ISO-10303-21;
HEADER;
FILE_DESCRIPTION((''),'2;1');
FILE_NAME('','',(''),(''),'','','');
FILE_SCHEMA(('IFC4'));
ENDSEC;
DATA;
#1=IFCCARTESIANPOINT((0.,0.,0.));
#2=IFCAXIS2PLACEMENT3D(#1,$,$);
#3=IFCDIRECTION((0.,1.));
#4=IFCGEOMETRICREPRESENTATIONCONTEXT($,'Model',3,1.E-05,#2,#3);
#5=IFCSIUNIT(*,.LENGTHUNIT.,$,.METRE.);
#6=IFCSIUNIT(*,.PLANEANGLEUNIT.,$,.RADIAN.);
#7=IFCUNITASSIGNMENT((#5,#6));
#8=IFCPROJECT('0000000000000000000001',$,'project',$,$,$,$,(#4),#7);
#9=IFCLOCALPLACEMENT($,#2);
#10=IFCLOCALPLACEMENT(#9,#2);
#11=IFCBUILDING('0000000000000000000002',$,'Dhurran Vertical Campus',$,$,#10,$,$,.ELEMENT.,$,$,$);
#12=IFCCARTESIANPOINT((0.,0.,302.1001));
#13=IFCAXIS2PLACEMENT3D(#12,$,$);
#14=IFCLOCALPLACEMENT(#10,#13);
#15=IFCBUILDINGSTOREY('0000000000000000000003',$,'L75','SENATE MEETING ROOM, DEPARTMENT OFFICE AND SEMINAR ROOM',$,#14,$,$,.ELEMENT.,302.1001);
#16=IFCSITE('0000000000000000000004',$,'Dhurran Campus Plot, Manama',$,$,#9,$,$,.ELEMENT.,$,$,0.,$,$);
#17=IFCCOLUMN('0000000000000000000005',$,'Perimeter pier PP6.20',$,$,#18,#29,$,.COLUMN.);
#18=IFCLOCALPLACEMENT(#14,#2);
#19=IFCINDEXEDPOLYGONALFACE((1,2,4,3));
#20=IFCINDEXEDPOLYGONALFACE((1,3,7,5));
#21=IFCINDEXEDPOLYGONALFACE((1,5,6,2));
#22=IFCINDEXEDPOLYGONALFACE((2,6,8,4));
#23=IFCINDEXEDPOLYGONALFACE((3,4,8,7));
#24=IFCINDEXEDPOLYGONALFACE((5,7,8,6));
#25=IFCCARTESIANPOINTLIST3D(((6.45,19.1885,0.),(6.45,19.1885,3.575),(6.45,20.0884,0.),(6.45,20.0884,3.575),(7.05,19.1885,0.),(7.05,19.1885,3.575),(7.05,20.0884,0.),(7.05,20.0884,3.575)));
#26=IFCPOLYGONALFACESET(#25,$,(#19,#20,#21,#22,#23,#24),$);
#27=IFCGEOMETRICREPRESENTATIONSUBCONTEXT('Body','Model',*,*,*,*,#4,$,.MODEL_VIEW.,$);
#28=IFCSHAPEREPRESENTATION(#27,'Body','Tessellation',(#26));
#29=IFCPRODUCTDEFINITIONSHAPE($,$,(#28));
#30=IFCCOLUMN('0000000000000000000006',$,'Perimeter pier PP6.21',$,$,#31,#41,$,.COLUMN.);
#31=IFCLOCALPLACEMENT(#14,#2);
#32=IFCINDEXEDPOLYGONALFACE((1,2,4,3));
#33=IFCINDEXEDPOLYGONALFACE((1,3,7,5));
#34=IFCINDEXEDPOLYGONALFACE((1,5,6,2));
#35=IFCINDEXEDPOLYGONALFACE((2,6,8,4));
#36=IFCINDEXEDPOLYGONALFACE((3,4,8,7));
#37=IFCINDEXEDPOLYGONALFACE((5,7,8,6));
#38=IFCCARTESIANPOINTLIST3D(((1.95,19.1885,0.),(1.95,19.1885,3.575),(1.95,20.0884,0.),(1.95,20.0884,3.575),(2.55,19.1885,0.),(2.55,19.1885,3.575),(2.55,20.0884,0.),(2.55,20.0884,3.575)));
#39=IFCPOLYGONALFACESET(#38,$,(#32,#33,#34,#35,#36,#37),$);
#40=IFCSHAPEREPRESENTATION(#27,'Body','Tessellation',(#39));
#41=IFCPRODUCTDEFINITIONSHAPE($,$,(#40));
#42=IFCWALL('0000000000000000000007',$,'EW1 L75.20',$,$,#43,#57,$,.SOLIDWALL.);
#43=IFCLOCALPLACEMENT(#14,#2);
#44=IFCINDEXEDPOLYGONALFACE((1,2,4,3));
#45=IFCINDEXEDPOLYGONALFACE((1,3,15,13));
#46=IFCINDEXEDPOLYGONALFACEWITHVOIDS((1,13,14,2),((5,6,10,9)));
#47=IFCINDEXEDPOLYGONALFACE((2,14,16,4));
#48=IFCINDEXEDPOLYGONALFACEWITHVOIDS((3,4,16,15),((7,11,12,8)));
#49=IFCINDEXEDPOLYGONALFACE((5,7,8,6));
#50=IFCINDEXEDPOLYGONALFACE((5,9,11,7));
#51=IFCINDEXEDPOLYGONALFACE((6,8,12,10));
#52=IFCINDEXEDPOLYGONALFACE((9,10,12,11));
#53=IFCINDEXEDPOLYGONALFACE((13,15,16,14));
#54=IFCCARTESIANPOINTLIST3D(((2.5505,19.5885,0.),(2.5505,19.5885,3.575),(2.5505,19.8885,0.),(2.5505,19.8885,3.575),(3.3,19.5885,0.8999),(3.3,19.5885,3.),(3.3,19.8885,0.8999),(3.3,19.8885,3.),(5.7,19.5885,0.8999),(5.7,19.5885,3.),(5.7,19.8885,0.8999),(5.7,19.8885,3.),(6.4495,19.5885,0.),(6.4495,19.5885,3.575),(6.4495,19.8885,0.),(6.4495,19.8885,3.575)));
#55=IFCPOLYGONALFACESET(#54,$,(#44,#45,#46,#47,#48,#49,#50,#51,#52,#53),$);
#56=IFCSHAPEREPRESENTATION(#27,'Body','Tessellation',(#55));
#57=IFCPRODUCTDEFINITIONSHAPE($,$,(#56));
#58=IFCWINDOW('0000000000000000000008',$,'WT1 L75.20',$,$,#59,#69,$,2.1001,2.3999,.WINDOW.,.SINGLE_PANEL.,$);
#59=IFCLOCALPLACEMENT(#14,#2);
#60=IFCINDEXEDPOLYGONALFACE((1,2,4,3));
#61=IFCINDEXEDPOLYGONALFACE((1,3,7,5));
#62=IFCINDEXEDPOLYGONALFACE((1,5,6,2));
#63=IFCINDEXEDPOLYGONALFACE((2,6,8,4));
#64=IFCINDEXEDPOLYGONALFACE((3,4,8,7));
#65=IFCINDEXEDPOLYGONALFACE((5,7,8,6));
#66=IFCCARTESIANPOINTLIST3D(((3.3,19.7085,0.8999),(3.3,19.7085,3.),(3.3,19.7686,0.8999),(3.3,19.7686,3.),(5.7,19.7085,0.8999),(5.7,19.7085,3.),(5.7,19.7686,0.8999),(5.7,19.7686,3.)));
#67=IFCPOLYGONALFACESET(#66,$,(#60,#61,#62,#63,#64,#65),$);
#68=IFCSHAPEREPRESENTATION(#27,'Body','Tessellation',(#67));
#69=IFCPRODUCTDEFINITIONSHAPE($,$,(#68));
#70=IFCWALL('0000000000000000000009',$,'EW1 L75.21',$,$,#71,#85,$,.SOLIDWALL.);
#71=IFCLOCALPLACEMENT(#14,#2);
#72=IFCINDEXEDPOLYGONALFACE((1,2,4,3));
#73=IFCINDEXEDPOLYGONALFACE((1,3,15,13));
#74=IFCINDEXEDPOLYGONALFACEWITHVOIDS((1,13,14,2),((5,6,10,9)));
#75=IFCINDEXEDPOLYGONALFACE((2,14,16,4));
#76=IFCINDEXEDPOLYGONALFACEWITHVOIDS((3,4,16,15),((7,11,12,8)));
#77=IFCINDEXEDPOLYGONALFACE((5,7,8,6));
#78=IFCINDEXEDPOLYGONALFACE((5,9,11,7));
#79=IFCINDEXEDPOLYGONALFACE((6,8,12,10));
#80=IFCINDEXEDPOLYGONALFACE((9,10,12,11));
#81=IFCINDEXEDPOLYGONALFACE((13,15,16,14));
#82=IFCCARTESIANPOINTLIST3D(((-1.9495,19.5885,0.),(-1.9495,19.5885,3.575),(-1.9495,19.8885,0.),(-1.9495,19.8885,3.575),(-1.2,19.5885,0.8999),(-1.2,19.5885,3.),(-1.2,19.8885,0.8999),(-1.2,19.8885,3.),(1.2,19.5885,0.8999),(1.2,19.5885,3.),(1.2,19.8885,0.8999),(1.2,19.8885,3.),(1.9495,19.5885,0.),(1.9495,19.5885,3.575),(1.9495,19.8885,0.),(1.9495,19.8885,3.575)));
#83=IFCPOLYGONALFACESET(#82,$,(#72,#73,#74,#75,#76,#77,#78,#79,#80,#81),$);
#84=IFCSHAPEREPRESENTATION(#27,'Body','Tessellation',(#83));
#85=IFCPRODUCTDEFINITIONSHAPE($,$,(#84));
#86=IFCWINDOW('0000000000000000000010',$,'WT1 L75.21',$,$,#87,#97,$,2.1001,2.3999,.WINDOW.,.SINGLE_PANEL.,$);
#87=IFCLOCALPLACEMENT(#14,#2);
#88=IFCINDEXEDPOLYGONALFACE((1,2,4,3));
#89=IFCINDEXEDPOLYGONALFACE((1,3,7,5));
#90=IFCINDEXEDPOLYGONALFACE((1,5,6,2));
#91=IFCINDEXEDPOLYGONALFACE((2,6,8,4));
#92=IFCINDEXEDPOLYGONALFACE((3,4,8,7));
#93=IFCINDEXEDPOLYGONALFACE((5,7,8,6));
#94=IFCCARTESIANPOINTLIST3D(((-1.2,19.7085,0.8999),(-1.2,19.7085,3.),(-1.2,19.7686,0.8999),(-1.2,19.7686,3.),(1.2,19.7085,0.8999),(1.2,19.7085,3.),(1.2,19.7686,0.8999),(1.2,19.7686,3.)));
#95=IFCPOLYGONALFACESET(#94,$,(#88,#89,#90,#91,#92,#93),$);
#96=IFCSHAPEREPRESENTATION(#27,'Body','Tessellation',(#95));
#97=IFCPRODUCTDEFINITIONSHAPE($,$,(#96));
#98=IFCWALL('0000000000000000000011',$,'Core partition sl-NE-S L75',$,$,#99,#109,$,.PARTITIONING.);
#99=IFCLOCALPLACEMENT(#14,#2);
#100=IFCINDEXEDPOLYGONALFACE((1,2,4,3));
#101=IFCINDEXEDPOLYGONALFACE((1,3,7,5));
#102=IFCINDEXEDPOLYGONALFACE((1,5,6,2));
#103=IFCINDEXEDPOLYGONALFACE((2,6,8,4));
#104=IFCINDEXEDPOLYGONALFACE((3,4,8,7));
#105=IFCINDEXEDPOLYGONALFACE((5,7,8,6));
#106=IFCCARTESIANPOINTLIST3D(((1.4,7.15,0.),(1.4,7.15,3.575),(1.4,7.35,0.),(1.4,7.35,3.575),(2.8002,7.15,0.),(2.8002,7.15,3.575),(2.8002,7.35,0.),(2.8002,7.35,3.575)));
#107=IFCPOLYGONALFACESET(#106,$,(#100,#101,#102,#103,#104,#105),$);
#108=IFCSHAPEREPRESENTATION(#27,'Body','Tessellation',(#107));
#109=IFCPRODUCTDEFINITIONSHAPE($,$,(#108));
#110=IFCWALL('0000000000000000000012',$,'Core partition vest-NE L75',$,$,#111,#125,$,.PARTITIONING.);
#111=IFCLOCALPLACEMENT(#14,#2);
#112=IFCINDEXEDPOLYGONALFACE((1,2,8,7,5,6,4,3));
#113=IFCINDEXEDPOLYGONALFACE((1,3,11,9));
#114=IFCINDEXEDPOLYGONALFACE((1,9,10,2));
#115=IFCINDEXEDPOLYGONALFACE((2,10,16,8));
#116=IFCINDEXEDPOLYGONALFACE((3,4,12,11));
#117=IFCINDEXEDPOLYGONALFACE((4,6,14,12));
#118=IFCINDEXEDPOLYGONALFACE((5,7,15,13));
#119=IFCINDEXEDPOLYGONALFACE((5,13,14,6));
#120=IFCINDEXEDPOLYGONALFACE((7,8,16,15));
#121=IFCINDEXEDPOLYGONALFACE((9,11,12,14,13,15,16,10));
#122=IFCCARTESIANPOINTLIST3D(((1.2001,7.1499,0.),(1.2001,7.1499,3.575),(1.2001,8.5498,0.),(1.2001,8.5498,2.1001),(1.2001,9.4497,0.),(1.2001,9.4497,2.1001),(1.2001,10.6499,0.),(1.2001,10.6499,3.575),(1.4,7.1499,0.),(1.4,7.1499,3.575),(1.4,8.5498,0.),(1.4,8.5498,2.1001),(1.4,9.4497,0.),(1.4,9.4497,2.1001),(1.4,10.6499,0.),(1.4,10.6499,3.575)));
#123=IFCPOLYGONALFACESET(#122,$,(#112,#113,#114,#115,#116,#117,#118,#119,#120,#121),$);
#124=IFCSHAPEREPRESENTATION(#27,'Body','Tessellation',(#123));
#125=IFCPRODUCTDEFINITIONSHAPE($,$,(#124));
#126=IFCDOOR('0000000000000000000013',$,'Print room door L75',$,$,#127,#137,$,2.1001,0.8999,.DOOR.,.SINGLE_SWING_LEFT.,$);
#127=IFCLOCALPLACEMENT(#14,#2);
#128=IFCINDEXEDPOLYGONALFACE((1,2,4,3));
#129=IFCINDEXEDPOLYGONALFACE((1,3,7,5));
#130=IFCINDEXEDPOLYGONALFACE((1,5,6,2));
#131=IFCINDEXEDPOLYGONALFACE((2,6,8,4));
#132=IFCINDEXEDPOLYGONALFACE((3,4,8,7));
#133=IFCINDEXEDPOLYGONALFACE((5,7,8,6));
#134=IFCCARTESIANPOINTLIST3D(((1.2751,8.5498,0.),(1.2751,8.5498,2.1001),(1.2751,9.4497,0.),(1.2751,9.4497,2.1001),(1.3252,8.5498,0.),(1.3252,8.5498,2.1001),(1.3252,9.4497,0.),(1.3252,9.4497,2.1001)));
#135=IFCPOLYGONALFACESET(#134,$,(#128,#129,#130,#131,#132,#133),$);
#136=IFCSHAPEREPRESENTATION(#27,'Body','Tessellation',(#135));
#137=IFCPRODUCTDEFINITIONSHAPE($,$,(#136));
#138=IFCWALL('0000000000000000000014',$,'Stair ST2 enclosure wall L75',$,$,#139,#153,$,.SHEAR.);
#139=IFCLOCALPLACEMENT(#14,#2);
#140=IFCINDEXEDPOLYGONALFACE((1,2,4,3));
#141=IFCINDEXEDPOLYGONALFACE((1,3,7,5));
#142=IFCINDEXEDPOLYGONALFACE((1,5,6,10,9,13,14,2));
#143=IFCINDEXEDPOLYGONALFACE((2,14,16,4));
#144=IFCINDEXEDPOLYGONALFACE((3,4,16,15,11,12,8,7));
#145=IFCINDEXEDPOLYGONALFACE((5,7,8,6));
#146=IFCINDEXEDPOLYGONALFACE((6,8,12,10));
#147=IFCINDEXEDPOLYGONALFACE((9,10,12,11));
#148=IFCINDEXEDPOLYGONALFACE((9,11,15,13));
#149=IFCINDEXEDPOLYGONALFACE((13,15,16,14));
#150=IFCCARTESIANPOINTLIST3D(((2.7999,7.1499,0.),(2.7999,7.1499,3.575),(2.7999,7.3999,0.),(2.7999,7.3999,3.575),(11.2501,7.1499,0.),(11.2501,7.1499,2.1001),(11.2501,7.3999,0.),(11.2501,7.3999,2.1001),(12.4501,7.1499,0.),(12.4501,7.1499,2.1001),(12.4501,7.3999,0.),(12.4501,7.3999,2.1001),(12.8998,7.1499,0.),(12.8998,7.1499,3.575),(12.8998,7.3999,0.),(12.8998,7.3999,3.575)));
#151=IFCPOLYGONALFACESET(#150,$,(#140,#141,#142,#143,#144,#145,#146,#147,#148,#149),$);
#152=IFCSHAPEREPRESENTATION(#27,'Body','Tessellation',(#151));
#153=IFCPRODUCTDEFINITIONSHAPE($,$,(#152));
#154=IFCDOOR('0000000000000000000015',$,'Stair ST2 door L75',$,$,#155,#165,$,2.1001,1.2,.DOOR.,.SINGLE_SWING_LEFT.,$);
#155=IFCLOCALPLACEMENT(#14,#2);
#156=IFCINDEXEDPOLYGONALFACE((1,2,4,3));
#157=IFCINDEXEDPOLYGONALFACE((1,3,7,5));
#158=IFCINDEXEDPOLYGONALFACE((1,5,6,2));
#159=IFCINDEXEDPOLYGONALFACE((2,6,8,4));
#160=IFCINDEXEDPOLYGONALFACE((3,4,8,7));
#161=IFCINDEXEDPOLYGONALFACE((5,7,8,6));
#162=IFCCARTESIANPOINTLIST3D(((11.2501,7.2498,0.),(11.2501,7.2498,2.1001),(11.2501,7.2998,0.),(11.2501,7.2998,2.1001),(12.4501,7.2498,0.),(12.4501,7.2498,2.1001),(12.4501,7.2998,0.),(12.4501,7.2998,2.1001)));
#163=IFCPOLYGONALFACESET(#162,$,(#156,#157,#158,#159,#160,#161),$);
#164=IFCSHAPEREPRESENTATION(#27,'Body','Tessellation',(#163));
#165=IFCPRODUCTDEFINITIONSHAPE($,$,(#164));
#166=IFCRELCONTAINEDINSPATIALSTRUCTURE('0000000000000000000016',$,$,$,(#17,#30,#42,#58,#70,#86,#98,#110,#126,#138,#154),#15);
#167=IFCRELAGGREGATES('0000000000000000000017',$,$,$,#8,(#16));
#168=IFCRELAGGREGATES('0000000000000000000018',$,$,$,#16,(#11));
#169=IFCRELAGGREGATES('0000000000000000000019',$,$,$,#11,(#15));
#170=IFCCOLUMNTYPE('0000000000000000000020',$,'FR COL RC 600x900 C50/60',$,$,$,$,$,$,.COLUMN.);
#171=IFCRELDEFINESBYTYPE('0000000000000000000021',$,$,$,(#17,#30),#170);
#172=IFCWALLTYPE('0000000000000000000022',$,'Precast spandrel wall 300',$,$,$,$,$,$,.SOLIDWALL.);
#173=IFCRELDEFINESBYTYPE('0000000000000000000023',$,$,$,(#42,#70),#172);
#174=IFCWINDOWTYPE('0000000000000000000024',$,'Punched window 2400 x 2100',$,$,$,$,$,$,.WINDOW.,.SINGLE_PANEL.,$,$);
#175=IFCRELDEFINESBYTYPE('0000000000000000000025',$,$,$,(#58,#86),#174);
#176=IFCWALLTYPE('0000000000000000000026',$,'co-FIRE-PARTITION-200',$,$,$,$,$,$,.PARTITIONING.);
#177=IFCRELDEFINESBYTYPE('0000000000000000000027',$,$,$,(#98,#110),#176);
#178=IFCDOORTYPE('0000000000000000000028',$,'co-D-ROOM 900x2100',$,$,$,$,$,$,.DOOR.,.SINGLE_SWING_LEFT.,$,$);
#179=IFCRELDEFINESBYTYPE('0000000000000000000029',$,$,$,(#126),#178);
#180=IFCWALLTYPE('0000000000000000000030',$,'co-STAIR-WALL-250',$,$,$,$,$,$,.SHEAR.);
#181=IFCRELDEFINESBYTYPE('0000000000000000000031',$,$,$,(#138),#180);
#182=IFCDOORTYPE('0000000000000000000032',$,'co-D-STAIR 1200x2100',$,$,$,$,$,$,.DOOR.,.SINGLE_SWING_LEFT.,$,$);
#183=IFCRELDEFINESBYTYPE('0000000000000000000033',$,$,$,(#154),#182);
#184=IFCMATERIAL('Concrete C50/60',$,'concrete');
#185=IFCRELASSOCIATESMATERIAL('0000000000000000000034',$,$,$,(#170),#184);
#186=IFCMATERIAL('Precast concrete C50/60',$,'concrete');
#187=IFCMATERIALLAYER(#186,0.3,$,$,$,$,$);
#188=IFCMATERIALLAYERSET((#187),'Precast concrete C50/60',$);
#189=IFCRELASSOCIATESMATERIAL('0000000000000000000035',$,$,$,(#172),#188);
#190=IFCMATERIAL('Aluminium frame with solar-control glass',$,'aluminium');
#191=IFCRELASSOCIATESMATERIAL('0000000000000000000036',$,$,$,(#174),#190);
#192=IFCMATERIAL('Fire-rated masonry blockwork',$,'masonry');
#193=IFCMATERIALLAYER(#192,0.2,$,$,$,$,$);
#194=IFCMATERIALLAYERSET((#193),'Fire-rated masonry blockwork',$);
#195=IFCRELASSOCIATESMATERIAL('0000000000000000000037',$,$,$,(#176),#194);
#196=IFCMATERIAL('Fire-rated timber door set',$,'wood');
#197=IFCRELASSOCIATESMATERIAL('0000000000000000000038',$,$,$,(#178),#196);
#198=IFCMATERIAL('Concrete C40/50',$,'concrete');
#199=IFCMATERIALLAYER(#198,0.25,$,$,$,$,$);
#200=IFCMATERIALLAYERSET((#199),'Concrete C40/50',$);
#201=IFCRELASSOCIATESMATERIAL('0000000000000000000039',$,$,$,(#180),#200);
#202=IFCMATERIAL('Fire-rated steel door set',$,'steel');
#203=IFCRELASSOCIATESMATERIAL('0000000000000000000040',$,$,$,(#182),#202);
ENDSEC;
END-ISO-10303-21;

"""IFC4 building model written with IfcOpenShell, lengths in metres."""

from ifc_helpers import new_model, si_unit, direction, frame, frame_2d, origin, origin_2d, place, context, subcontext, project, spatial, rectangle, extrude, material, layer, layer_set, material_profile, profile_set, type_object, element, fill, save


model = new_model("IFC4")

# Units and contexts
model_context = context("Model", 3, precision=1e-05, world=origin(), true_north=direction((0.0, 1.0)))
body_context = subcontext(model_context, "Body", "Model", "MODEL_VIEW")
ifc_project = project(units=[si_unit("LENGTHUNIT", "METRE"), si_unit("PLANEANGLEUNIT", "RADIAN")], contexts=[model_context])

# Site, building, storey
site_placement = place(None, origin())
site = spatial("IfcSite", under=ifc_project, at=site_placement, Name="Dhurran Campus Plot, Manama", CompositionType="ELEMENT", RefElevation=0.0)
building_placement = place(site_placement, origin())
building = spatial("IfcBuilding", under=site, at=building_placement, Name="Dhurran Vertical Campus", CompositionType="ELEMENT")
storey_placement = place(building_placement, frame((0.0, 0.0, 302.1001)))
storey = spatial("IfcBuildingStorey", under=building, at=storey_placement, Name="L75", Description="SENATE MEETING ROOM, DEPARTMENT OFFICE AND SEMINAR ROOM", CompositionType="ELEMENT", Elevation=302.1001)

# Columns
ifc_material_1 = material(Name="Concrete C50/60", Category="concrete")
ifc_material_profile = material_profile(ifc_material_1, rectangle(XDim=0.6001, YDim=0.8999, at=origin_2d()), Name="RC 600x900")
ifc_profile_set = profile_set([ifc_material_profile], Name="Concrete C50/60")
column_type = type_object("IfcColumnType", Name="FR COL RC 600x900 C50/60", PredefinedType="COLUMN", material=ifc_profile_set)
for number, where, z_axis, x_axis, name in (
    (1, (6.75, 19.6384, 0.0), (0.0, 0.0, 1.0), (-1.0, 0.0, 0.0), "Perimeter pier PP6.20"),
    (2, (2.25, 19.6384, 0.0), (0.0, 0.0, 1.0), (-1.0, 0.0, 0.0), "Perimeter pier PP6.21"),
):
    element("IfcColumn", number, at=place(storey_placement, frame(where, z_axis=z_axis, x_axis=x_axis)), inside=storey, type_object=column_type, Name=name, PredefinedType="COLUMN", context=body_context, shape_type="SweptSolid", body=[
        extrude(rectangle(XDim=0.6001, YDim=0.8999, at=origin_2d()), origin(), (0.0, 0.0, 1.0), 3.575),
    ])

# Walls, openings, windows
ifc_material_2 = material(Name="Precast concrete C50/60", Category="concrete")
ifc_layer_1 = layer(ifc_material_2, 0.3)
ifc_layer_set_1 = layer_set([ifc_layer_1], Name="Precast concrete C50/60")
wall_type_1 = type_object("IfcWallType", Name="Precast spandrel wall 300", PredefinedType="SOLIDWALL", material=ifc_layer_set_1)
wall_1_placement = place(storey_placement, frame((6.4495, 19.7385, 0.0), z_axis=(0.0, 0.0, 1.0), x_axis=(-1.0, 0.0, 0.0)))
wall_1 = element("IfcWall", 3, at=wall_1_placement, inside=storey, type_object=wall_type_1, Name="EW1 L75.20", PredefinedType="SOLIDWALL", context=body_context, shape_type="SweptSolid", body=[
    extrude(rectangle(XDim=3.8989, YDim=0.3, at=frame_2d((1.9495, 0.0))), origin(), (0.0, 0.0, 1.0), 3.575),
])
opening_1_placement = place(wall_1_placement, frame((0.7495, 0.0, 0.8999)))
opening_1 = element("IfcOpeningElement", 4, at=opening_1_placement, cuts=wall_1, PredefinedType="OPENING", context=body_context, shape_type="SweptSolid", body=[
    extrude(rectangle(XDim=2.3999, YDim=2.1001, at=frame_2d((1.2, 1.05))), frame((0.0, 0.1599, 0.0), z_axis=(0.0, -1.0, 0.0), x_axis=(1.0, 0.0, 0.0)), (0.0, 0.0, 1.0), 0.3201),
])
ifc_material_3 = material(Name="Aluminium frame with solar-control glass", Category="aluminium")
window_type = type_object("IfcWindowType", Name="Punched window 2400 x 2100", PartitioningType="SINGLE_PANEL", PredefinedType="WINDOW", material=ifc_material_3)
window_1_placement = place(opening_1_placement, origin())
window_1 = element("IfcWindow", 5, at=window_1_placement, inside=storey, type_object=window_type, Name="WT1 L75.20", OverallHeight=2.1001, OverallWidth=2.3999, PartitioningType="SINGLE_PANEL", PredefinedType="WINDOW", context=body_context, shape_type="SweptSolid", body=[
    extrude(rectangle(XDim=2.3999, YDim=2.1001, at=frame_2d((1.2, 1.05))), frame((0.0, 0.03, 0.0), z_axis=(0.0, -1.0, 0.0), x_axis=(1.0, 0.0, 0.0)), (0.0, 0.0, 1.0), 0.0601),
])
fill(opening_1, window_1)
wall_2_placement = place(storey_placement, frame((1.9495, 19.7385, 0.0), z_axis=(0.0, 0.0, 1.0), x_axis=(-1.0, 0.0, 0.0)))
wall_2 = element("IfcWall", 6, at=wall_2_placement, inside=storey, type_object=wall_type_1, Name="EW1 L75.21", PredefinedType="SOLIDWALL", context=body_context, shape_type="SweptSolid", body=[
    extrude(rectangle(XDim=3.8989, YDim=0.3, at=frame_2d((1.9495, 0.0))), origin(), (0.0, 0.0, 1.0), 3.575),
])
opening_2_placement = place(wall_2_placement, frame((0.7495, 0.0, 0.8999)))
opening_2 = element("IfcOpeningElement", 7, at=opening_2_placement, cuts=wall_2, PredefinedType="OPENING", context=body_context, shape_type="SweptSolid", body=[
    extrude(rectangle(XDim=2.3999, YDim=2.1001, at=frame_2d((1.2, 1.05))), frame((0.0, 0.1599, 0.0), z_axis=(0.0, -1.0, 0.0), x_axis=(1.0, 0.0, 0.0)), (0.0, 0.0, 1.0), 0.3201),
])
window_2_placement = place(opening_2_placement, origin())
window_2 = element("IfcWindow", 8, at=window_2_placement, inside=storey, type_object=window_type, Name="WT1 L75.21", OverallHeight=2.1001, OverallWidth=2.3999, PartitioningType="SINGLE_PANEL", PredefinedType="WINDOW", context=body_context, shape_type="SweptSolid", body=[
    extrude(rectangle(XDim=2.3999, YDim=2.1001, at=frame_2d((1.2, 1.05))), frame((0.0, 0.03, 0.0), z_axis=(0.0, -1.0, 0.0), x_axis=(1.0, 0.0, 0.0)), (0.0, 0.0, 1.0), 0.0601),
])
fill(opening_2, window_2)

# Wall
ifc_material_4 = material(Name="Fire-rated masonry blockwork", Category="masonry")
ifc_layer_2 = layer(ifc_material_4, 0.2)
ifc_layer_set_2 = layer_set([ifc_layer_2], Name="Fire-rated masonry blockwork")
wall_type_2 = type_object("IfcWallType", Name="co-FIRE-PARTITION-200", PredefinedType="PARTITIONING", material=ifc_layer_set_2)
wall_3_placement = place(storey_placement, frame((1.3999, 7.25, 0.0), z_axis=(0.0, 0.0, 1.0), x_axis=(1.0, 0.0, 0.0)))
element("IfcWall", 9, at=wall_3_placement, inside=storey, type_object=wall_type_2, Name="Core partition sl-NE-S L75", PredefinedType="PARTITIONING", context=body_context, shape_type="SweptSolid", body=[
    extrude(rectangle(XDim=1.4001, YDim=0.2, at=frame_2d((0.7002, 0.0))), origin(), (0.0, 0.0, 1.0), 3.575),
])

# Walls, openings, doors
wall_4_placement = place(storey_placement, frame((1.3, 7.1499, 0.0), z_axis=(0.0, 0.0, 1.0), x_axis=(0.0, 1.0, 0.0)))
wall_4 = element("IfcWall", 10, at=wall_4_placement, inside=storey, type_object=wall_type_2, Name="Core partition vest-NE L75", PredefinedType="PARTITIONING", context=body_context, shape_type="SweptSolid", body=[
    extrude(rectangle(XDim=3.5, YDim=0.2, at=frame_2d((1.75, 0.0))), origin(), (0.0, 0.0, 1.0), 3.575),
])
opening_3_placement = place(wall_4_placement, frame((1.3999, 0.0, 0.0)))
opening_3 = element("IfcOpeningElement", 11, at=opening_3_placement, cuts=wall_4, PredefinedType="OPENING", context=body_context, shape_type="SweptSolid", body=[
    extrude(rectangle(XDim=0.8999, YDim=2.1001, at=frame_2d((0.45, 1.05))), frame((0.0, 0.1099, 0.0), z_axis=(0.0, -1.0, 0.0), x_axis=(1.0, 0.0, 0.0)), (0.0, 0.0, 1.0), 0.22),
])
ifc_material_5 = material(Name="Fire-rated timber door set", Category="wood")
door_type_1 = type_object("IfcDoorType", Name="co-D-ROOM 900x2100", OperationType="SINGLE_SWING_LEFT", PredefinedType="DOOR", material=ifc_material_5)
door_1_placement = place(opening_3_placement, origin())
door_1 = element("IfcDoor", 12, at=door_1_placement, inside=storey, type_object=door_type_1, Name="Print room door L75", OperationType="SINGLE_SWING_LEFT", OverallHeight=2.1001, OverallWidth=0.8999, PredefinedType="DOOR", context=body_context, shape_type="SweptSolid", body=[
    extrude(rectangle(XDim=0.8999, YDim=2.1001, at=frame_2d((0.45, 1.05))), frame((0.0, 0.0249, 0.0), z_axis=(0.0, -1.0, 0.0), x_axis=(1.0, 0.0, 0.0)), (0.0, 0.0, 1.0), 0.05),
])
fill(opening_3, door_1)
ifc_material_6 = material(Name="Concrete C40/50", Category="concrete")
ifc_layer_3 = layer(ifc_material_6, 0.25)
ifc_layer_set_3 = layer_set([ifc_layer_3], Name="Concrete C40/50")
wall_type_3 = type_object("IfcWallType", Name="co-STAIR-WALL-250", PredefinedType="SHEAR", material=ifc_layer_set_3)
wall_5_placement = place(storey_placement, frame((2.8, 7.2749, 0.0), z_axis=(0.0, 0.0, 1.0), x_axis=(1.0, 0.0, 0.0)))
wall_5 = element("IfcWall", 13, at=wall_5_placement, inside=storey, type_object=wall_type_3, Name="Stair ST2 enclosure wall L75", PredefinedType="SHEAR", context=body_context, shape_type="SweptSolid", body=[
    extrude(rectangle(XDim=10.0999, YDim=0.25, at=frame_2d((5.0498, 0.0))), origin(), (0.0, 0.0, 1.0), 3.575),
])
opening_4_placement = place(wall_5_placement, frame((8.45, 0.0, 0.0)))
opening_4 = element("IfcOpeningElement", 14, at=opening_4_placement, cuts=wall_5, PredefinedType="OPENING", context=body_context, shape_type="SweptSolid", body=[
    extrude(rectangle(XDim=1.2, YDim=2.1001, at=frame_2d((0.6001, 1.05))), frame((0.0, 0.135, 0.0), z_axis=(0.0, -1.0, 0.0), x_axis=(1.0, 0.0, 0.0)), (0.0, 0.0, 1.0), 0.27),
])
ifc_material_7 = material(Name="Fire-rated steel door set", Category="steel")
door_type_2 = type_object("IfcDoorType", Name="co-D-STAIR 1200x2100", OperationType="SINGLE_SWING_LEFT", PredefinedType="DOOR", material=ifc_material_7)
door_2_placement = place(opening_4_placement, origin())
door_2 = element("IfcDoor", 15, at=door_2_placement, inside=storey, type_object=door_type_2, Name="Stair ST2 door L75", OperationType="SINGLE_SWING_LEFT", OverallHeight=2.1001, OverallWidth=1.2, PredefinedType="DOOR", context=body_context, shape_type="SweptSolid", body=[
    extrude(rectangle(XDim=1.2, YDim=2.1001, at=frame_2d((0.6001, 1.05))), frame((0.0, 0.0249, 0.0), z_axis=(0.0, -1.0, 0.0), x_axis=(1.0, 0.0, 0.0)), (0.0, 0.0, 1.0), 0.05),
])
fill(opening_4, door_2)

save(model, "model.ifc")
